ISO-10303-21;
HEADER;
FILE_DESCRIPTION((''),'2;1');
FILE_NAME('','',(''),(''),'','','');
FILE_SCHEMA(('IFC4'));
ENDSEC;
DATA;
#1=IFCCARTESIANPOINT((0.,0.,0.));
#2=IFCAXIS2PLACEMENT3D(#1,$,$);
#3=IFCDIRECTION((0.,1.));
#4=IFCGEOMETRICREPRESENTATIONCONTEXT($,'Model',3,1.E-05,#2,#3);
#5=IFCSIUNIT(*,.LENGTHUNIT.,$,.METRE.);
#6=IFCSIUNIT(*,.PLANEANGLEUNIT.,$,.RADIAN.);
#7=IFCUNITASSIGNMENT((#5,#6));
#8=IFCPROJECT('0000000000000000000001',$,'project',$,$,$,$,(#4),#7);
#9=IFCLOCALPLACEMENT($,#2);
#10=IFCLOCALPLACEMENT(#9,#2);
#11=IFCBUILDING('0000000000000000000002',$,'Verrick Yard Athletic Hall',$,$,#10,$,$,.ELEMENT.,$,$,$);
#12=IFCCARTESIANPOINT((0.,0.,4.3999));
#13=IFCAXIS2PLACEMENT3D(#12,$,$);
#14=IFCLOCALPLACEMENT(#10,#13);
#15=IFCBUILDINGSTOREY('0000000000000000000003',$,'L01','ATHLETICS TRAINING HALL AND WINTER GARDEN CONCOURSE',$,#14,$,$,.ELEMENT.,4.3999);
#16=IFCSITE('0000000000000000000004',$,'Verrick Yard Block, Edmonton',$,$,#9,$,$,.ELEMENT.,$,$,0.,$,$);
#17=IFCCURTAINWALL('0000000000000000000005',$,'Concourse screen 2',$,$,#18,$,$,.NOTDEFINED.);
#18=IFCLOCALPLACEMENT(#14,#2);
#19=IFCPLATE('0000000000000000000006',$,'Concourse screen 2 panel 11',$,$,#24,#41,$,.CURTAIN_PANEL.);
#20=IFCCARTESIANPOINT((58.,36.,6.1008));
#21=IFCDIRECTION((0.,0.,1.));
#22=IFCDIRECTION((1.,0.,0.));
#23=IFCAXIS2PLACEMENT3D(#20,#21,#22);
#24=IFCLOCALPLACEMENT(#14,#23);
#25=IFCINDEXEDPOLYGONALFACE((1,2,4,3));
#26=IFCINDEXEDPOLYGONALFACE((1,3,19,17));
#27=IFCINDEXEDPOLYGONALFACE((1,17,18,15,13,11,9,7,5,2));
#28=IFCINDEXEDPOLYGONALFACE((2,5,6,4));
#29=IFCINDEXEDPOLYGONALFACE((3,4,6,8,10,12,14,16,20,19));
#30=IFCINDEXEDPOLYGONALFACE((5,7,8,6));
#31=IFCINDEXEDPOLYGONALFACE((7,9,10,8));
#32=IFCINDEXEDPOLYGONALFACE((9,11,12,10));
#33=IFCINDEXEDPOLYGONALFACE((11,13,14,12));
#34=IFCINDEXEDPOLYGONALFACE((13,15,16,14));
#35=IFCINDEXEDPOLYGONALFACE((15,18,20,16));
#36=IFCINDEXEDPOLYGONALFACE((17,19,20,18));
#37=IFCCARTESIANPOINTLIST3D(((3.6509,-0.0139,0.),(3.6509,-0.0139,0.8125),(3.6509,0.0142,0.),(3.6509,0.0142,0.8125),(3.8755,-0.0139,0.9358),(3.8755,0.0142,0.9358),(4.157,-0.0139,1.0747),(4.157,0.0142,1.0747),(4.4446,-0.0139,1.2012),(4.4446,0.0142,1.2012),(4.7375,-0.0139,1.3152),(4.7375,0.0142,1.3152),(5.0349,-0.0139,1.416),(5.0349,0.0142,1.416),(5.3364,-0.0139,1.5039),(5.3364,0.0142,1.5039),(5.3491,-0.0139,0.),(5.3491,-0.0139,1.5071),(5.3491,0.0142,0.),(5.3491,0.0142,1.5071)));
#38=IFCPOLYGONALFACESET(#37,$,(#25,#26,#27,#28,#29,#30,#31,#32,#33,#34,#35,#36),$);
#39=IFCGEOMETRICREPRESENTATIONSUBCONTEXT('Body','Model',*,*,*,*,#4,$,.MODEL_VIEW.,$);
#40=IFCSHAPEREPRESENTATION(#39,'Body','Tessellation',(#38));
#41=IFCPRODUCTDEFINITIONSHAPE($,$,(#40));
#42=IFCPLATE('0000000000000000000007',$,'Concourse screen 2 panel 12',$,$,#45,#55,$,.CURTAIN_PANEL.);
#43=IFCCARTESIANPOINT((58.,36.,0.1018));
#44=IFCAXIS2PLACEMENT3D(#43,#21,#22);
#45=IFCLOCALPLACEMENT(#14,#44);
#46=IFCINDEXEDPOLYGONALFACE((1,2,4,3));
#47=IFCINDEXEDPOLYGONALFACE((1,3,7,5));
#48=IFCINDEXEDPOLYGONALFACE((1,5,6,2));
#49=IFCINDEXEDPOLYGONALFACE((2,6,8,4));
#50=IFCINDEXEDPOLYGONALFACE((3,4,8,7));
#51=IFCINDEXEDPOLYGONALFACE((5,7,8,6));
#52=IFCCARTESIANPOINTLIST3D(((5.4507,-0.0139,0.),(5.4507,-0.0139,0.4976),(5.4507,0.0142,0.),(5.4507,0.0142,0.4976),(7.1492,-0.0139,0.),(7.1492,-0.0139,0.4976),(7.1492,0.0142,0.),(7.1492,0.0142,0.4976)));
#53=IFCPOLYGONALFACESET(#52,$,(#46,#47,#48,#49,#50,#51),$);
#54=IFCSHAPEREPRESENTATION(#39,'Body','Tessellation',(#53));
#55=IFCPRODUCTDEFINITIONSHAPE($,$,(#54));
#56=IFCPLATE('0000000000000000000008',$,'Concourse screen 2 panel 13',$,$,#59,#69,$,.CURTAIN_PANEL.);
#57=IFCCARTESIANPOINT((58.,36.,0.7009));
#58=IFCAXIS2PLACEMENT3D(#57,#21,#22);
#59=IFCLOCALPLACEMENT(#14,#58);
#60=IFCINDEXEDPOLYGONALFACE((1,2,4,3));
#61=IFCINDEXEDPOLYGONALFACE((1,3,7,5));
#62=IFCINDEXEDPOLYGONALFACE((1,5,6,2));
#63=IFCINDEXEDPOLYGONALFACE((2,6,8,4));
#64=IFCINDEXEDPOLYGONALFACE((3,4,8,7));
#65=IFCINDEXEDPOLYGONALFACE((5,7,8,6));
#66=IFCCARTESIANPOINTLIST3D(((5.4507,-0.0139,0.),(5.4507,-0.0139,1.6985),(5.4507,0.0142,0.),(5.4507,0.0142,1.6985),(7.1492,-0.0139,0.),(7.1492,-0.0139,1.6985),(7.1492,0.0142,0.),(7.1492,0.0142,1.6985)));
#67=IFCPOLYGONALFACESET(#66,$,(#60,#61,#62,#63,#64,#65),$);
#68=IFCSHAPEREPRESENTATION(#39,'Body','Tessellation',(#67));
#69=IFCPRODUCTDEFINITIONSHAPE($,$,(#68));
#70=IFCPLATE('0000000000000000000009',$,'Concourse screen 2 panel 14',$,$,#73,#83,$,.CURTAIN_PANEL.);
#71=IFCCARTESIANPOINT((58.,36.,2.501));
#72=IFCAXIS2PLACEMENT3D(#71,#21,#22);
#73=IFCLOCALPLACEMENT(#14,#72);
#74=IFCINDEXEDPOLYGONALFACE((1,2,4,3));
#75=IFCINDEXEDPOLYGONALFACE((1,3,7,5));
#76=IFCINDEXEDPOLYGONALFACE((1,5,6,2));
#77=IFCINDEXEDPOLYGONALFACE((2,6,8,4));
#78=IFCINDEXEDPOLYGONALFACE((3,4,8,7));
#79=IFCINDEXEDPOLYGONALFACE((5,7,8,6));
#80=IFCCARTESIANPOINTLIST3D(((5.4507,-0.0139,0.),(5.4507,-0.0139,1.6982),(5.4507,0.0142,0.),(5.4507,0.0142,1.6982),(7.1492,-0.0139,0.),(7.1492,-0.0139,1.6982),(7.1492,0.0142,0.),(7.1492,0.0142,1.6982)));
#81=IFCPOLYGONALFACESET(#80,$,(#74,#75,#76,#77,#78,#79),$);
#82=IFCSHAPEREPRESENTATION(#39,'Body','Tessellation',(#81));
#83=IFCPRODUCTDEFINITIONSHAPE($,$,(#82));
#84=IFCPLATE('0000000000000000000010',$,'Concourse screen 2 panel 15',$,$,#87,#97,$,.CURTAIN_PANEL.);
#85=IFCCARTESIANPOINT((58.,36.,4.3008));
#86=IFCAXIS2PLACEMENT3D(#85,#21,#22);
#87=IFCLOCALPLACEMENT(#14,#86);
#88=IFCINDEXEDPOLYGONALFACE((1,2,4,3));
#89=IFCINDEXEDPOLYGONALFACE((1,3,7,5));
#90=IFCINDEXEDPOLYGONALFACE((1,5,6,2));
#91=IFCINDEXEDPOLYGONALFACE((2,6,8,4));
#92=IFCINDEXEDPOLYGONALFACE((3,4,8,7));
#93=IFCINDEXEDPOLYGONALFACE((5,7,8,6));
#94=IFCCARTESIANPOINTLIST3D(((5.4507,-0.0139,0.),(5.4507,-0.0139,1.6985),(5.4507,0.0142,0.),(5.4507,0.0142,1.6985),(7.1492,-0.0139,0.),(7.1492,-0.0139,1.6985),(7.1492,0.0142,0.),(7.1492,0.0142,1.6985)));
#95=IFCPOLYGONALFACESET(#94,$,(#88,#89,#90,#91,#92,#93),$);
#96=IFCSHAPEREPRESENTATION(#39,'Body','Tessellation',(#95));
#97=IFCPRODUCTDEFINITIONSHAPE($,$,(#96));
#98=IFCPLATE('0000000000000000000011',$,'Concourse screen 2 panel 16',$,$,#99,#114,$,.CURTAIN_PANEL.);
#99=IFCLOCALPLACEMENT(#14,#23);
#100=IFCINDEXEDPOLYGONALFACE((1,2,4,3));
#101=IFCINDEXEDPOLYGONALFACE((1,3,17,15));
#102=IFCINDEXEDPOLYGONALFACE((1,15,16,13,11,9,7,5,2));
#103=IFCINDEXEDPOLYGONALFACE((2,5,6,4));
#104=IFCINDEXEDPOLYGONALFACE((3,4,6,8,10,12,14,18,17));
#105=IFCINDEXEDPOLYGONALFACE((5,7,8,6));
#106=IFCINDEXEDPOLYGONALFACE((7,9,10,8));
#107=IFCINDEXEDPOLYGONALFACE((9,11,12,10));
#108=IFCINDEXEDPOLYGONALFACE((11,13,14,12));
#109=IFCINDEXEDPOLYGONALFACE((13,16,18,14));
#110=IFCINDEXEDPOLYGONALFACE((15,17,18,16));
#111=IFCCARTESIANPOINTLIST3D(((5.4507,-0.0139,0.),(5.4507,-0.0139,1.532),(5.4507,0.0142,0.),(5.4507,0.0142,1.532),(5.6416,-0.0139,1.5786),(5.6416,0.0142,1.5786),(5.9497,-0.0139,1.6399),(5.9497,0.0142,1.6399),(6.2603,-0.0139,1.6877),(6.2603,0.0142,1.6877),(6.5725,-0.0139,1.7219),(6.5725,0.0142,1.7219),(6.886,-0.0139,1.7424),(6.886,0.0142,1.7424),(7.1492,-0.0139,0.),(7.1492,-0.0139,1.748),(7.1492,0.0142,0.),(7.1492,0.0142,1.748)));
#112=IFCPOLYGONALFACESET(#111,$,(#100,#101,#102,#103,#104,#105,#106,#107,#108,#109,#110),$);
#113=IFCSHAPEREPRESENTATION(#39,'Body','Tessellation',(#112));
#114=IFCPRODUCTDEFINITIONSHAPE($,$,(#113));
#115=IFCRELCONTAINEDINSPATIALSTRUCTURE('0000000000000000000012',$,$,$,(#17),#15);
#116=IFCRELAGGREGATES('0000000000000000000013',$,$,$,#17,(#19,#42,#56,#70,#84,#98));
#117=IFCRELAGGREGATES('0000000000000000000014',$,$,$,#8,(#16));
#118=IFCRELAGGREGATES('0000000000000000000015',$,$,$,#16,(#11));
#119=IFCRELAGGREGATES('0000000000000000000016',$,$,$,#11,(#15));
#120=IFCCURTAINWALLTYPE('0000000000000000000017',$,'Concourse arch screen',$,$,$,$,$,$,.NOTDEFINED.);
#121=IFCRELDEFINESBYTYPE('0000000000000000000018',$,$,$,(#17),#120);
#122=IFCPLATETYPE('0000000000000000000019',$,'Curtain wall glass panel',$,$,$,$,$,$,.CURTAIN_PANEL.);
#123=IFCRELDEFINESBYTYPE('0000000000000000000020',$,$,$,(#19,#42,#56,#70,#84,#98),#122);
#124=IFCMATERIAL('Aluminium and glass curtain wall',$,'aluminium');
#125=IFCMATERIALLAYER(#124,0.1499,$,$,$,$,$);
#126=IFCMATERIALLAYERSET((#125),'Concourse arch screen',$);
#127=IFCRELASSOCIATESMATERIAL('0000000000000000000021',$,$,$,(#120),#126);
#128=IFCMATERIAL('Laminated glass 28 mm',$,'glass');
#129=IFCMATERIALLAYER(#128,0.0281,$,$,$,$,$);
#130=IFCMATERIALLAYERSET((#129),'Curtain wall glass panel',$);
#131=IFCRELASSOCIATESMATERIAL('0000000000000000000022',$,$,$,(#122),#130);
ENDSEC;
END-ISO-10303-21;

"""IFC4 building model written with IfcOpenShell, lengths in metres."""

from ifc_helpers import new_model, si_unit, direction, frame, origin, place, context, subcontext, project, spatial, polyline, outline, extrude, material, layer, layer_set, type_object, element, aggregate, save


model = new_model("IFC4")

# Units and contexts
model_context = context("Model", 3, precision=1e-05, world=origin(), true_north=direction((0.0, 1.0)))
body_context = subcontext(model_context, "Body", "Model", "MODEL_VIEW")
ifc_project = project(units=[si_unit("LENGTHUNIT", "METRE"), si_unit("PLANEANGLEUNIT", "RADIAN")], contexts=[model_context])

# Site, building, storey
site_placement = place(None, origin())
site = spatial("IfcSite", under=ifc_project, at=site_placement, Name="Verrick Yard Block, Edmonton", CompositionType="ELEMENT", RefElevation=0.0)
building_placement = place(site_placement, origin())
building = spatial("IfcBuilding", under=site, at=building_placement, Name="Verrick Yard Athletic Hall", CompositionType="ELEMENT")
storey_placement = place(building_placement, frame((0.0, 0.0, 4.3999)))
storey = spatial("IfcBuildingStorey", under=building, at=storey_placement, Name="L01", Description="ATHLETICS TRAINING HALL AND WINTER GARDEN CONCOURSE", CompositionType="ELEMENT", Elevation=4.3999)

# Shared definitions
ifc_material_1 = material(Name="Aluminium and glass curtain wall", Category="aluminium")

# Curtain wall, plates
ifc_layer_1 = layer(ifc_material_1, 0.1499)
ifc_layer_set_1 = layer_set([ifc_layer_1], Name="Concourse arch screen")
curtain_wall_type_1 = type_object("IfcCurtainWallType", Name="Concourse arch screen", PredefinedType="NOTDEFINED", material=ifc_layer_set_1)
curtain_wall_1_placement = place(storey_placement, origin())
curtain_wall_1 = element("IfcCurtainWall", 1, at=curtain_wall_1_placement, inside=storey, type_object=curtain_wall_type_1, Name="Concourse screen 2", PredefinedType="NOTDEFINED")
ifc_material_2 = material(Name="Laminated glass 28 mm", Category="glass")
ifc_layer_2 = layer(ifc_material_2, 0.0281)
ifc_layer_set_2 = layer_set([ifc_layer_2], Name="Curtain wall glass panel")
plate_type = type_object("IfcPlateType", Name="Curtain wall glass panel", PredefinedType="CURTAIN_PANEL", material=ifc_layer_set_2)
plate_1_placement = place(storey_placement, frame((58.0, 36.0, 6.1008), z_axis=(0.0, 0.0, 1.0), x_axis=(1.0, 0.0, 0.0)))
plate_1 = element("IfcPlate", 2, at=plate_1_placement, type_object=plate_type, Name="Concourse screen 2 panel 11", PredefinedType="CURTAIN_PANEL", context=body_context, shape_type="SweptSolid", body=[
    extrude(outline(polyline([(5.3491, 1.5071), (5.3364, 1.5039), (5.0349, 1.416), (4.7375, 1.3152), (4.4446, 1.2012), (4.157, 1.0747), (3.8755, 0.9358), (3.6509, 0.8125), (3.6509, 0.0), (5.3491, 0.0), (5.3491, 1.5071)])), frame((0.0, 0.0142, 0.0), z_axis=(0.0, -1.0, 0.0), x_axis=(1.0, 0.0, 0.0)), (0.0, 0.0, 1.0), 0.0281),
])
plate_2_placement = place(storey_placement, frame((58.0, 36.0, 0.1018), z_axis=(0.0, 0.0, 1.0), x_axis=(1.0, 0.0, 0.0)))
plate_2 = element("IfcPlate", 3, at=plate_2_placement, type_object=plate_type, Name="Concourse screen 2 panel 12", PredefinedType="CURTAIN_PANEL", context=body_context, shape_type="SweptSolid", body=[
    extrude(outline(polyline([(7.1492, 0.0), (7.1492, 0.4976), (5.4507, 0.4976), (5.4507, 0.0), (7.1492, 0.0)])), frame((0.0, 0.0142, 0.0), z_axis=(0.0, -1.0, 0.0), x_axis=(1.0, 0.0, 0.0)), (0.0, 0.0, 1.0), 0.0281),
])
plate_3_placement = place(storey_placement, frame((58.0, 36.0, 0.7009), z_axis=(0.0, 0.0, 1.0), x_axis=(1.0, 0.0, 0.0)))
plate_3 = element("IfcPlate", 4, at=plate_3_placement, type_object=plate_type, Name="Concourse screen 2 panel 13", PredefinedType="CURTAIN_PANEL", context=body_context, shape_type="SweptSolid", body=[
    extrude(outline(polyline([(7.1492, 0.0), (7.1492, 1.6985), (5.4507, 1.6985), (5.4507, 0.0), (7.1492, 0.0)])), frame((0.0, 0.0142, 0.0), z_axis=(0.0, -1.0, 0.0), x_axis=(1.0, 0.0, 0.0)), (0.0, 0.0, 1.0), 0.0281),
])
plate_4_placement = place(storey_placement, frame((58.0, 36.0, 2.501), z_axis=(0.0, 0.0, 1.0), x_axis=(1.0, 0.0, 0.0)))
plate_4 = element("IfcPlate", 5, at=plate_4_placement, type_object=plate_type, Name="Concourse screen 2 panel 14", PredefinedType="CURTAIN_PANEL", context=body_context, shape_type="SweptSolid", body=[
    extrude(outline(polyline([(7.1492, 0.0), (7.1492, 1.6982), (5.4507, 1.6982), (5.4507, 0.0), (7.1492, 0.0)])), frame((0.0, 0.0142, 0.0), z_axis=(0.0, -1.0, 0.0), x_axis=(1.0, 0.0, 0.0)), (0.0, 0.0, 1.0), 0.0281),
])
plate_5_placement = place(storey_placement, frame((58.0, 36.0, 4.3008), z_axis=(0.0, 0.0, 1.0), x_axis=(1.0, 0.0, 0.0)))
plate_5 = element("IfcPlate", 6, at=plate_5_placement, type_object=plate_type, Name="Concourse screen 2 panel 15", PredefinedType="CURTAIN_PANEL", context=body_context, shape_type="SweptSolid", body=[
    extrude(outline(polyline([(7.1492, 0.0), (7.1492, 1.6985), (5.4507, 1.6985), (5.4507, 0.0), (7.1492, 0.0)])), frame((0.0, 0.0142, 0.0), z_axis=(0.0, -1.0, 0.0), x_axis=(1.0, 0.0, 0.0)), (0.0, 0.0, 1.0), 0.0281),
])
plate_6_placement = place(storey_placement, frame((58.0, 36.0, 6.1008), z_axis=(0.0, 0.0, 1.0), x_axis=(1.0, 0.0, 0.0)))
plate_6 = element("IfcPlate", 7, at=plate_6_placement, type_object=plate_type, Name="Concourse screen 2 panel 16", PredefinedType="CURTAIN_PANEL", context=body_context, shape_type="SweptSolid", body=[
    extrude(outline(polyline([(7.1492, 1.748), (6.886, 1.7424), (6.5725, 1.7219), (6.2603, 1.6877), (5.9497, 1.6399), (5.6416, 1.5786), (5.4507, 1.532), (5.4507, 0.0), (7.1492, 0.0), (7.1492, 1.748)])), frame((0.0, 0.0142, 0.0), z_axis=(0.0, -1.0, 0.0), x_axis=(1.0, 0.0, 0.0)), (0.0, 0.0, 1.0), 0.0281),
])
aggregate(curtain_wall_1, [plate_1, plate_2, plate_3, plate_4, plate_5, plate_6])

save(model, "model.ifc")
